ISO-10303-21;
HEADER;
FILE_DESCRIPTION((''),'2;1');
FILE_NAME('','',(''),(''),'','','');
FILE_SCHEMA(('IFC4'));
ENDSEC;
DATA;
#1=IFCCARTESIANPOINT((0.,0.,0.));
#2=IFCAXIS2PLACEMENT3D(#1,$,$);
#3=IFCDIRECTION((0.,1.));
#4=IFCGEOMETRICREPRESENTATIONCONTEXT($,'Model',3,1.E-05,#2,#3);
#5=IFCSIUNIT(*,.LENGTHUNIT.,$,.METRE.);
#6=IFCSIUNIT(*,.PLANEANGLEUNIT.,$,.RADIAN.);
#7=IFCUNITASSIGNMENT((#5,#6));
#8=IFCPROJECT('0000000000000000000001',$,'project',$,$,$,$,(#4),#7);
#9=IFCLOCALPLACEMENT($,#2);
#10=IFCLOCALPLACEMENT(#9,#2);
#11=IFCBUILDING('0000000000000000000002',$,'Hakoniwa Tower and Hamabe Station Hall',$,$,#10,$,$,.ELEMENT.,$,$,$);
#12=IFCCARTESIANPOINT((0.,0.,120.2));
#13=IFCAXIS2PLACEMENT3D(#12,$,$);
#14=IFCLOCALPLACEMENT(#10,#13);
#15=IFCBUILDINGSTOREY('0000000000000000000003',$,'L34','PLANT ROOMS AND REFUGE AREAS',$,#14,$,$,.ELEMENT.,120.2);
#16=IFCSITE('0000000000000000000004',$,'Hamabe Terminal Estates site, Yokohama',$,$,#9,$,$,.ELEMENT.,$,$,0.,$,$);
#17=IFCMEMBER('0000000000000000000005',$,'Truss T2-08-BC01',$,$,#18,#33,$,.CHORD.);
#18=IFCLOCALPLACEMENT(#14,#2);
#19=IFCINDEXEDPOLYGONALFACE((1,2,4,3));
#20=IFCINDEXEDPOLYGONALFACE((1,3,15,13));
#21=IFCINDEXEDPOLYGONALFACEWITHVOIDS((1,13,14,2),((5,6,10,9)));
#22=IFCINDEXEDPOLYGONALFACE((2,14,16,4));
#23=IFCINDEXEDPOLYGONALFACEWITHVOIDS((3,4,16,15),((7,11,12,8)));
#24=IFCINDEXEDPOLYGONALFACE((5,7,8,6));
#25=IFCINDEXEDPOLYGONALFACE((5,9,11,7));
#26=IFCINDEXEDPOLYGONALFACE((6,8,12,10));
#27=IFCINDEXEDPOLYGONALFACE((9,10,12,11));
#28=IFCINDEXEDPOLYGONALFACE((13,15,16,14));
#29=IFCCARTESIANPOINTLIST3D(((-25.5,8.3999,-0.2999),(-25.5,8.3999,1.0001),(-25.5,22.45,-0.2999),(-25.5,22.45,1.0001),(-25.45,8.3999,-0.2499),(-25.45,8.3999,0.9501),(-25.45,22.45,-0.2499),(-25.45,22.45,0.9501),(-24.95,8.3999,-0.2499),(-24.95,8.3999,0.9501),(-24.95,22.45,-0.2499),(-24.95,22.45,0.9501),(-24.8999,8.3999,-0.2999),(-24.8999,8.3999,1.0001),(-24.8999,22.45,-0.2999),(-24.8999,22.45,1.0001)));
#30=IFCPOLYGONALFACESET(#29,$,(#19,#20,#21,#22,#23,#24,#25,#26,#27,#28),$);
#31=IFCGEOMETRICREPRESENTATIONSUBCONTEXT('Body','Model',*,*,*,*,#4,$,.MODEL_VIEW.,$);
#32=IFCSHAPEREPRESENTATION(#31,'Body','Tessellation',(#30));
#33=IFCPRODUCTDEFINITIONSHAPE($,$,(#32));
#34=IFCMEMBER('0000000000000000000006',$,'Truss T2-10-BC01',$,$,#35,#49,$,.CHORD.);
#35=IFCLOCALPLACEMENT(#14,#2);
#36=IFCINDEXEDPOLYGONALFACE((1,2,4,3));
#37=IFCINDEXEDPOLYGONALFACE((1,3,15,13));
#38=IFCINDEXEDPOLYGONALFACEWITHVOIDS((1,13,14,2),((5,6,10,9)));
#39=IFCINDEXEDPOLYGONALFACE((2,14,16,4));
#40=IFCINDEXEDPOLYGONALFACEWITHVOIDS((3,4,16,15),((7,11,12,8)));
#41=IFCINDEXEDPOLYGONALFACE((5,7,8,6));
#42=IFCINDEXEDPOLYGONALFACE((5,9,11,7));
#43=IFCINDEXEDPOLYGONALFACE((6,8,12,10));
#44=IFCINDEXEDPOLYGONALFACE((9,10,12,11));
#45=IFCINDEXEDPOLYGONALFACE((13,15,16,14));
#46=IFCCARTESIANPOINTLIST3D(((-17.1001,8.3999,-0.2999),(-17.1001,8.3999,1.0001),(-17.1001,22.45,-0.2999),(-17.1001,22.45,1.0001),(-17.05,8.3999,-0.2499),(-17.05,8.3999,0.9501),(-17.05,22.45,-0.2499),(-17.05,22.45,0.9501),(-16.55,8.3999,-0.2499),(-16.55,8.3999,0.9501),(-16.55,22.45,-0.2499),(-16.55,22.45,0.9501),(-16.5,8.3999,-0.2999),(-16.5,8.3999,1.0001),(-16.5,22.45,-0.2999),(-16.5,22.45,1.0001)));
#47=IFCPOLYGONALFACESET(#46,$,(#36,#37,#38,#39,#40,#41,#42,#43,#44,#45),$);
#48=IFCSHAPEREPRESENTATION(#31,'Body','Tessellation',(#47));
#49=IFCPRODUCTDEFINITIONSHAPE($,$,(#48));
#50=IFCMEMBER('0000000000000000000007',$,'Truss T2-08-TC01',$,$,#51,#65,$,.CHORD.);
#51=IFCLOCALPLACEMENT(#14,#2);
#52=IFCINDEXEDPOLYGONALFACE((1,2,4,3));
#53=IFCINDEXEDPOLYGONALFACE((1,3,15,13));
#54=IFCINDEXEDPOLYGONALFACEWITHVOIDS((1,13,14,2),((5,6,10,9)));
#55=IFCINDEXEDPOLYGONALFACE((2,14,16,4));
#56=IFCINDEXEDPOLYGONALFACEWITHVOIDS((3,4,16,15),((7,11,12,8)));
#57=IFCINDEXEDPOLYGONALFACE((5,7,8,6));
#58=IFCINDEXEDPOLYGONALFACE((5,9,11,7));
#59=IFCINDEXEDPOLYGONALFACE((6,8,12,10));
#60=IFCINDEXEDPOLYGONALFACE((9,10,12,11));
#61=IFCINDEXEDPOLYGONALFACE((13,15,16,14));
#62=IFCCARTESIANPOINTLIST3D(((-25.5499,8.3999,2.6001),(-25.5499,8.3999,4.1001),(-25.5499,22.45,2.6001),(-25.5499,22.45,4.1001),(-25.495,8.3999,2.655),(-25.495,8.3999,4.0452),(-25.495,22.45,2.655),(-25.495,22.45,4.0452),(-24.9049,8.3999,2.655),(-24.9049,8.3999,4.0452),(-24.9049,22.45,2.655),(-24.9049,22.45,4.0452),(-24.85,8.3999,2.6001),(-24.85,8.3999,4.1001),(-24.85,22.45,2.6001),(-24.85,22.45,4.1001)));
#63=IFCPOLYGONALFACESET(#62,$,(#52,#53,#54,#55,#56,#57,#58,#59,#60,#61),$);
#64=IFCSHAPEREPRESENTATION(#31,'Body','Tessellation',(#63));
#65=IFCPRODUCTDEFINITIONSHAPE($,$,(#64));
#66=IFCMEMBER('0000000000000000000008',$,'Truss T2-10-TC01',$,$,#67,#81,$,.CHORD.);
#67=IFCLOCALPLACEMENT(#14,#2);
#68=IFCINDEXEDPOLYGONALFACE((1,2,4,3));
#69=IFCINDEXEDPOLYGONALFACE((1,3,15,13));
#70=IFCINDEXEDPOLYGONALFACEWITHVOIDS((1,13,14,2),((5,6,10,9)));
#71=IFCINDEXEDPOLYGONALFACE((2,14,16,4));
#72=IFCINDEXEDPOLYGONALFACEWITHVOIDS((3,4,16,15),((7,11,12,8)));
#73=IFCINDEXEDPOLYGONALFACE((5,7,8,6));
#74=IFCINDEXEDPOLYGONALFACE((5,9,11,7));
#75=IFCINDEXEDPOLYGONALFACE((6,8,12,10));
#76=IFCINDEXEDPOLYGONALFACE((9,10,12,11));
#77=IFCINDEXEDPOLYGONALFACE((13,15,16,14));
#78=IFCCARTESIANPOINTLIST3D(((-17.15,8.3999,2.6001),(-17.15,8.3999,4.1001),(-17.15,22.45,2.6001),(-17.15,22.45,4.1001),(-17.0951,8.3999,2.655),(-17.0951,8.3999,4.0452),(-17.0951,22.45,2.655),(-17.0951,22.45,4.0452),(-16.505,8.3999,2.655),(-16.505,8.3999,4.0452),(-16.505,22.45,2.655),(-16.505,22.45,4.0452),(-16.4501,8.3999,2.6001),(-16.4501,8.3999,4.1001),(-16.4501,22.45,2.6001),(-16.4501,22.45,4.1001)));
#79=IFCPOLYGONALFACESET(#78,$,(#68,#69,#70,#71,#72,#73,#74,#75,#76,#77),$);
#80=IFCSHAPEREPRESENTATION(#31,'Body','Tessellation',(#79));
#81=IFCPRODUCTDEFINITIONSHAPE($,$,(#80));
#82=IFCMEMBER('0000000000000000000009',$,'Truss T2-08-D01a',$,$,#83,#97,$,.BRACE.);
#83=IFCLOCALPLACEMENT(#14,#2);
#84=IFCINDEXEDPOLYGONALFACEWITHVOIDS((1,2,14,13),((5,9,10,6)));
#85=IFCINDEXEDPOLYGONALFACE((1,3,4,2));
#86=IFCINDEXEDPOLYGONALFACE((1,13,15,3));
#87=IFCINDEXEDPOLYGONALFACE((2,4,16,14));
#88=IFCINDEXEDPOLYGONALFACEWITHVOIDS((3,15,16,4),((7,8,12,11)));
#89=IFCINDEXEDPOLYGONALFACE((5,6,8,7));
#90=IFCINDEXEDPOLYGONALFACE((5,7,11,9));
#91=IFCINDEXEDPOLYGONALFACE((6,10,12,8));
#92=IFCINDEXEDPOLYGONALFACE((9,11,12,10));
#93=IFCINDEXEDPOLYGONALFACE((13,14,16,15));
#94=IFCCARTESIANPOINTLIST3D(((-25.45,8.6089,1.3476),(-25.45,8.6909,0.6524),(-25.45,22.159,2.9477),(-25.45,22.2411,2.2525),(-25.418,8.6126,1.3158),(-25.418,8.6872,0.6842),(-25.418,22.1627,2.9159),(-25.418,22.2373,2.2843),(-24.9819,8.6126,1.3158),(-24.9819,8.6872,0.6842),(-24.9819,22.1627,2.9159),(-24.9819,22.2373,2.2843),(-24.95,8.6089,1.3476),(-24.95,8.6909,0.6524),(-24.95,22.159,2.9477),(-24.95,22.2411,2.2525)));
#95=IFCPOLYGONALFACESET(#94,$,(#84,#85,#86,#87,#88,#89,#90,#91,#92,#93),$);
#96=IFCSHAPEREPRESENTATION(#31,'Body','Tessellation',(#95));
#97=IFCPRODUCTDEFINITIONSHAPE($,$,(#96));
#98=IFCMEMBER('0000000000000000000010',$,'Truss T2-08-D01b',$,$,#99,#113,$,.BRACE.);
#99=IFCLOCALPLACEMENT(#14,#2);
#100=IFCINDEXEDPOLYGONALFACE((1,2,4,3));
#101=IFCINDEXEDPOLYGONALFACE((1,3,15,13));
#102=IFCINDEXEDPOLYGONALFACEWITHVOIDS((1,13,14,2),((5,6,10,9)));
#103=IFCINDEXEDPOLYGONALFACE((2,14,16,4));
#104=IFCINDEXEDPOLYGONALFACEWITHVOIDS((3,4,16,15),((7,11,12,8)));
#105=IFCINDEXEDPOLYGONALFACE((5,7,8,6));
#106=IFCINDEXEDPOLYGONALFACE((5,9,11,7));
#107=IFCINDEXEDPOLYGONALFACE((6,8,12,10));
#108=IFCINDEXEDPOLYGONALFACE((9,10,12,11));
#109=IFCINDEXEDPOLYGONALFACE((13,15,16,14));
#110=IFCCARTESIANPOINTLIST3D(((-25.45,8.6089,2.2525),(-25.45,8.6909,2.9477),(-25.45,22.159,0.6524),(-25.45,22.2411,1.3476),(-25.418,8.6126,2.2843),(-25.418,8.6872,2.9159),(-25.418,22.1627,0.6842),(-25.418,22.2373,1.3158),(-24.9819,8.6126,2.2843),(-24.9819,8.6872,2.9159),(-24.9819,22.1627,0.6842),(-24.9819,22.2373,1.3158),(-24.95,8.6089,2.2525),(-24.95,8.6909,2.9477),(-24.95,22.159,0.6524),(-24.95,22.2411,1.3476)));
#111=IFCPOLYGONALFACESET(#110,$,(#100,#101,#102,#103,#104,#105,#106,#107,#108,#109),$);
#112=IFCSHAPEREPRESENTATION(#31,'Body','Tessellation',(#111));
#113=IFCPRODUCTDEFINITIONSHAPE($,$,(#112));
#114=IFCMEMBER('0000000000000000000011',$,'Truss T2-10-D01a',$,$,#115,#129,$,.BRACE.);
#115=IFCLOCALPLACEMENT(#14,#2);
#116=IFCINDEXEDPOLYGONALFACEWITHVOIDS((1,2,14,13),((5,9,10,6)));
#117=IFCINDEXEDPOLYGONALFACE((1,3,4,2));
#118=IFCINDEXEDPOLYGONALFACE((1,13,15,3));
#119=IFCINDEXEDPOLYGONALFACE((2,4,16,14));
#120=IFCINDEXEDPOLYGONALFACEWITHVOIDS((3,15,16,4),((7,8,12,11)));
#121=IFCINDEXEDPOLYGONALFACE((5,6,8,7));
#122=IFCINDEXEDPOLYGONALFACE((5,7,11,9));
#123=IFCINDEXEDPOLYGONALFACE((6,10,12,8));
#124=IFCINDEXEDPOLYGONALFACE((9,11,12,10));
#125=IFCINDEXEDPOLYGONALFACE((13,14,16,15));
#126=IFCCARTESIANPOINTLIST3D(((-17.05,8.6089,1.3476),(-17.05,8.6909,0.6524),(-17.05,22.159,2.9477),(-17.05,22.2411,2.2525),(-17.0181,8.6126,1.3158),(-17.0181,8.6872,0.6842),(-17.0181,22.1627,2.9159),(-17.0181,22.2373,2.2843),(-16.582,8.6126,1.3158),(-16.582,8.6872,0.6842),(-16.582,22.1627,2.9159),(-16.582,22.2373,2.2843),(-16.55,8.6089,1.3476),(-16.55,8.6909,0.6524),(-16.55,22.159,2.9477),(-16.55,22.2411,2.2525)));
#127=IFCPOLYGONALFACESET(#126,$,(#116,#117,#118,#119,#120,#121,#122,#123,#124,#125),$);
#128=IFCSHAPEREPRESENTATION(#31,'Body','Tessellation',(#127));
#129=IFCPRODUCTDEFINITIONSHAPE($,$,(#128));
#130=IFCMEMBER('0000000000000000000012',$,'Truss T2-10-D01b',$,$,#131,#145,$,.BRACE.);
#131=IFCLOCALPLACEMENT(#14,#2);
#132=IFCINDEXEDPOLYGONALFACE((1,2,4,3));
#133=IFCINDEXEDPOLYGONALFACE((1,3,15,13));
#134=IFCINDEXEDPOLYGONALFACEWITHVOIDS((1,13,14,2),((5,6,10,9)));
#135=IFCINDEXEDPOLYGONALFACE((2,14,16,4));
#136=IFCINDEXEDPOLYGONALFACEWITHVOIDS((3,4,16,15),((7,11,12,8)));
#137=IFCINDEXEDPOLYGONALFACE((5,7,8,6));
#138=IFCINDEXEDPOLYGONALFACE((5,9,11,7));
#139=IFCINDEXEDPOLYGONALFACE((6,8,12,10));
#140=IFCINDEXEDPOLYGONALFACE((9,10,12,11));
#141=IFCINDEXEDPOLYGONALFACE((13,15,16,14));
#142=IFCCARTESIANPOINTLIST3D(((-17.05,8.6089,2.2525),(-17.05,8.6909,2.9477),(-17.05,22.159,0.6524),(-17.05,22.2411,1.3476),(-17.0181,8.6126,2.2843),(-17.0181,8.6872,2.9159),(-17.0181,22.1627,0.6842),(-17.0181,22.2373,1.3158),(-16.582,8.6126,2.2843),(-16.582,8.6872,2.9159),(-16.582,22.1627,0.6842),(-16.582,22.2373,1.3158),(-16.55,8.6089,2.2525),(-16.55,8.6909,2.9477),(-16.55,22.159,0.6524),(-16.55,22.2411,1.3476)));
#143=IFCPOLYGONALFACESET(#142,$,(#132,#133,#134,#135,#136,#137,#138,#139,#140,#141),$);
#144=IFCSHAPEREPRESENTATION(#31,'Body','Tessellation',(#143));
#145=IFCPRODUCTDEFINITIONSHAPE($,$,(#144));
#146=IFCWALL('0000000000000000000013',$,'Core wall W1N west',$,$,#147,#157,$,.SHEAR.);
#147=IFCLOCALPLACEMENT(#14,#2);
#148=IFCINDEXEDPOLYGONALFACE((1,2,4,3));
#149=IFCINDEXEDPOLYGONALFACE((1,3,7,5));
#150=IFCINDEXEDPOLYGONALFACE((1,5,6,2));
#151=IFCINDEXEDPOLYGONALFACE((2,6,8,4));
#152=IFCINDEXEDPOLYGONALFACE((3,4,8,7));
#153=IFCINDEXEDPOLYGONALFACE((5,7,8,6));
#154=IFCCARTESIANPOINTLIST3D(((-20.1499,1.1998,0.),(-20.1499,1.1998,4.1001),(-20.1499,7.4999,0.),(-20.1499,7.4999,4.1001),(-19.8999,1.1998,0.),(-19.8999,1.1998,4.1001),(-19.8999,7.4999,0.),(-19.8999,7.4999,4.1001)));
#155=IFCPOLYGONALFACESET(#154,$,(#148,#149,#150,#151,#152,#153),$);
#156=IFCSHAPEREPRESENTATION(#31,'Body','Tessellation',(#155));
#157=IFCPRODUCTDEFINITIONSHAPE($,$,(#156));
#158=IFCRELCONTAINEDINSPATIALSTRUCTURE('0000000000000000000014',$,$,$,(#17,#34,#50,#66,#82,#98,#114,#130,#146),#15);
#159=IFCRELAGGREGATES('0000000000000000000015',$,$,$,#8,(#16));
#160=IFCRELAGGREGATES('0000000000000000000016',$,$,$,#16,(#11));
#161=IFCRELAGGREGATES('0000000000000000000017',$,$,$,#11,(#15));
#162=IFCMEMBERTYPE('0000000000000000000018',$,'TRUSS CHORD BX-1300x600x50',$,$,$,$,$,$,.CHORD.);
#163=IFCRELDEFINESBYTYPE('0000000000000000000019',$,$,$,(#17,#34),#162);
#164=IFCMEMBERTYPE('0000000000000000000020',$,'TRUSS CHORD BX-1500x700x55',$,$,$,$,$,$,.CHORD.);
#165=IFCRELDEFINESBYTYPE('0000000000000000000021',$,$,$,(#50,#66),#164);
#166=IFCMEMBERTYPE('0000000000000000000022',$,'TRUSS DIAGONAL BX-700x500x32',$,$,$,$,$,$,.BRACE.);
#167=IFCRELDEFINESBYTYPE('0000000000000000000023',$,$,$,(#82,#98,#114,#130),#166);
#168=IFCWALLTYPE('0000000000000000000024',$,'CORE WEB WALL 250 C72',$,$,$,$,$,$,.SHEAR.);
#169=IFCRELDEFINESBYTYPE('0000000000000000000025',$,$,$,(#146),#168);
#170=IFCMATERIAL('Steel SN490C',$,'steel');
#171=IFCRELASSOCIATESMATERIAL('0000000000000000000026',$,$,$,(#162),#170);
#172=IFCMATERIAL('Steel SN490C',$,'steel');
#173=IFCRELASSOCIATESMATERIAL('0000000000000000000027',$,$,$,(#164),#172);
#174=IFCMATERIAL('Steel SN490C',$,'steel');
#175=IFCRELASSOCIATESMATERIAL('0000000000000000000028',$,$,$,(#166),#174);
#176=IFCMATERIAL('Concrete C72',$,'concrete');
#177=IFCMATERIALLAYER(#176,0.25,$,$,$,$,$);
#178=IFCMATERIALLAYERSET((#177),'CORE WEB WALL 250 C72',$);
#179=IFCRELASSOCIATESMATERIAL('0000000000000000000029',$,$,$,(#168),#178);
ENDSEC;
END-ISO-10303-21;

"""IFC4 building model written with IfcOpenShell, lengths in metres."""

from ifc_helpers import new_model, si_unit, direction, frame, frame_2d, origin, origin_2d, place, context, subcontext, project, spatial, rectangle, hollow_rectangle, extrude, material, layer, layer_set, material_profile, profile_set, type_object, element, save


model = new_model("IFC4")

# Units and contexts
model_context = context("Model", 3, precision=1e-05, world=origin(), true_north=direction((0.0, 1.0)))
body_context = subcontext(model_context, "Body", "Model", "MODEL_VIEW")
ifc_project = project(units=[si_unit("LENGTHUNIT", "METRE"), si_unit("PLANEANGLEUNIT", "RADIAN")], contexts=[model_context])

# Site, building, storey
site_placement = place(None, origin())
site = spatial("IfcSite", under=ifc_project, at=site_placement, Name="Hamabe Terminal Estates site, Yokohama", CompositionType="ELEMENT", RefElevation=0.0)
building_placement = place(site_placement, origin())
building = spatial("IfcBuilding", under=site, at=building_placement, Name="Hakoniwa Tower and Hamabe Station Hall", CompositionType="ELEMENT")
storey_placement = place(building_placement, frame((0.0, 0.0, 120.2)))
storey = spatial("IfcBuildingStorey", under=building, at=storey_placement, Name="L34", Description="PLANT ROOMS AND REFUGE AREAS", CompositionType="ELEMENT", Elevation=120.2)

# Members
ifc_material_1 = material(Name="Steel SN490C", Category="steel")
ifc_material_profile_1 = material_profile(ifc_material_1, hollow_rectangle(XDim=0.6001, YDim=1.3, WallThickness=0.05, at=origin_2d()), Name="BX-1300x600x50")
ifc_profile_set_1 = profile_set([ifc_material_profile_1], Name="Steel SN490C")
member_type_1 = type_object("IfcMemberType", Name="TRUSS CHORD BX-1300x600x50", PredefinedType="CHORD", material=ifc_profile_set_1)
for number, where, z_axis, x_axis, name in (
    (1, (-25.2, 8.3999, 0.3501), (0.0, 1.0, 0.0), (-1.0, 0.0, 0.0), "Truss T2-08-BC01"),
    (2, (-16.8, 8.3999, 0.3501), (0.0, 1.0, 0.0), (-1.0, 0.0, 0.0), "Truss T2-10-BC01"),
):
    element("IfcMember", number, at=place(storey_placement, frame(where, z_axis=z_axis, x_axis=x_axis)), inside=storey, type_object=member_type_1, Name=name, PredefinedType="CHORD", context=body_context, shape_type="SweptSolid", body=[
        extrude(hollow_rectangle(XDim=0.6001, YDim=1.3, WallThickness=0.05, at=origin_2d()), origin(), (0.0, 0.0, 1.0), 14.05),
    ])
ifc_material_2 = material(Name="Steel SN490C", Category="steel")
ifc_material_profile_2 = material_profile(ifc_material_2, hollow_rectangle(XDim=0.7, YDim=1.5, WallThickness=0.0549, at=origin_2d()), Name="BX-1500x700x55")
ifc_profile_set_2 = profile_set([ifc_material_profile_2], Name="Steel SN490C")
member_type_2 = type_object("IfcMemberType", Name="TRUSS CHORD BX-1500x700x55", PredefinedType="CHORD", material=ifc_profile_set_2)
for number, where, z_axis, x_axis, name in (
    (3, (-25.2, 8.3999, 3.3501), (0.0, 1.0, 0.0), (-1.0, 0.0, 0.0), "Truss T2-08-TC01"),
    (4, (-16.8, 8.3999, 3.3501), (0.0, 1.0, 0.0), (-1.0, 0.0, 0.0), "Truss T2-10-TC01"),
):
    element("IfcMember", number, at=place(storey_placement, frame(where, z_axis=z_axis, x_axis=x_axis)), inside=storey, type_object=member_type_2, Name=name, PredefinedType="CHORD", context=body_context, shape_type="SweptSolid", body=[
        extrude(hollow_rectangle(XDim=0.7, YDim=1.5, WallThickness=0.0549, at=origin_2d()), origin(), (0.0, 0.0, 1.0), 14.05),
    ])
ifc_material_3 = material(Name="Steel SN490C", Category="steel")
ifc_material_profile_3 = material_profile(ifc_material_3, hollow_rectangle(XDim=0.5, YDim=0.7, WallThickness=0.032, at=origin_2d()), Name="BX-700x500x32")
ifc_profile_set_3 = profile_set([ifc_material_profile_3], Name="Steel SN490C")
member_type_3 = type_object("IfcMemberType", Name="TRUSS DIAGONAL BX-700x500x32", PredefinedType="BRACE", material=ifc_profile_set_3)
for number, where, z_axis, x_axis, name in (
    (5, (-25.2, 8.6499, 1.0), (0.0, 0.9931, 0.117273), (-1.0, 0.0, 0.0), "Truss T2-08-D01a"),
    (6, (-25.2, 8.6499, 2.6001), (0.0, 0.9931, -0.117273), (-1.0, 0.0, 0.0), "Truss T2-08-D01b"),
    (7, (-16.8, 8.6499, 1.0), (0.0, 0.9931, 0.117273), (-1.0, 0.0, 0.0), "Truss T2-10-D01a"),
    (8, (-16.8, 8.6499, 2.6001), (0.0, 0.9931, -0.117273), (-1.0, 0.0, 0.0), "Truss T2-10-D01b"),
):
    element("IfcMember", number, at=place(storey_placement, frame(where, z_axis=z_axis, x_axis=x_axis)), inside=storey, type_object=member_type_3, Name=name, PredefinedType="BRACE", context=body_context, shape_type="SweptSolid", body=[
        extrude(hollow_rectangle(XDim=0.5, YDim=0.7, WallThickness=0.032, at=origin_2d()), origin(), (0.0, 0.0, 1.0), 13.6443),
    ])

# Wall
ifc_material_4 = material(Name="Concrete C72", Category="concrete")
ifc_layer_1 = layer(ifc_material_4, 0.25)
ifc_layer_set_1 = layer_set([ifc_layer_1], Name="CORE WEB WALL 250 C72")
wall_type_1 = type_object("IfcWallType", Name="CORE WEB WALL 250 C72", PredefinedType="SHEAR", material=ifc_layer_set_1)
wall_1_placement = place(storey_placement, frame((-20.0249, 1.2, 0.0), z_axis=(0.0, 0.0, 1.0), x_axis=(0.0, 1.0, 0.0)))
element("IfcWall", 9, at=wall_1_placement, inside=storey, type_object=wall_type_1, Name="Core wall W1N west", PredefinedType="SHEAR", context=body_context, shape_type="SweptSolid", body=[
    extrude(rectangle(XDim=6.3, YDim=0.25, at=frame_2d((3.1499, 0.0))), origin(), (0.0, 0.0, 1.0), 4.1001),
])

save(model, "model.ifc")
